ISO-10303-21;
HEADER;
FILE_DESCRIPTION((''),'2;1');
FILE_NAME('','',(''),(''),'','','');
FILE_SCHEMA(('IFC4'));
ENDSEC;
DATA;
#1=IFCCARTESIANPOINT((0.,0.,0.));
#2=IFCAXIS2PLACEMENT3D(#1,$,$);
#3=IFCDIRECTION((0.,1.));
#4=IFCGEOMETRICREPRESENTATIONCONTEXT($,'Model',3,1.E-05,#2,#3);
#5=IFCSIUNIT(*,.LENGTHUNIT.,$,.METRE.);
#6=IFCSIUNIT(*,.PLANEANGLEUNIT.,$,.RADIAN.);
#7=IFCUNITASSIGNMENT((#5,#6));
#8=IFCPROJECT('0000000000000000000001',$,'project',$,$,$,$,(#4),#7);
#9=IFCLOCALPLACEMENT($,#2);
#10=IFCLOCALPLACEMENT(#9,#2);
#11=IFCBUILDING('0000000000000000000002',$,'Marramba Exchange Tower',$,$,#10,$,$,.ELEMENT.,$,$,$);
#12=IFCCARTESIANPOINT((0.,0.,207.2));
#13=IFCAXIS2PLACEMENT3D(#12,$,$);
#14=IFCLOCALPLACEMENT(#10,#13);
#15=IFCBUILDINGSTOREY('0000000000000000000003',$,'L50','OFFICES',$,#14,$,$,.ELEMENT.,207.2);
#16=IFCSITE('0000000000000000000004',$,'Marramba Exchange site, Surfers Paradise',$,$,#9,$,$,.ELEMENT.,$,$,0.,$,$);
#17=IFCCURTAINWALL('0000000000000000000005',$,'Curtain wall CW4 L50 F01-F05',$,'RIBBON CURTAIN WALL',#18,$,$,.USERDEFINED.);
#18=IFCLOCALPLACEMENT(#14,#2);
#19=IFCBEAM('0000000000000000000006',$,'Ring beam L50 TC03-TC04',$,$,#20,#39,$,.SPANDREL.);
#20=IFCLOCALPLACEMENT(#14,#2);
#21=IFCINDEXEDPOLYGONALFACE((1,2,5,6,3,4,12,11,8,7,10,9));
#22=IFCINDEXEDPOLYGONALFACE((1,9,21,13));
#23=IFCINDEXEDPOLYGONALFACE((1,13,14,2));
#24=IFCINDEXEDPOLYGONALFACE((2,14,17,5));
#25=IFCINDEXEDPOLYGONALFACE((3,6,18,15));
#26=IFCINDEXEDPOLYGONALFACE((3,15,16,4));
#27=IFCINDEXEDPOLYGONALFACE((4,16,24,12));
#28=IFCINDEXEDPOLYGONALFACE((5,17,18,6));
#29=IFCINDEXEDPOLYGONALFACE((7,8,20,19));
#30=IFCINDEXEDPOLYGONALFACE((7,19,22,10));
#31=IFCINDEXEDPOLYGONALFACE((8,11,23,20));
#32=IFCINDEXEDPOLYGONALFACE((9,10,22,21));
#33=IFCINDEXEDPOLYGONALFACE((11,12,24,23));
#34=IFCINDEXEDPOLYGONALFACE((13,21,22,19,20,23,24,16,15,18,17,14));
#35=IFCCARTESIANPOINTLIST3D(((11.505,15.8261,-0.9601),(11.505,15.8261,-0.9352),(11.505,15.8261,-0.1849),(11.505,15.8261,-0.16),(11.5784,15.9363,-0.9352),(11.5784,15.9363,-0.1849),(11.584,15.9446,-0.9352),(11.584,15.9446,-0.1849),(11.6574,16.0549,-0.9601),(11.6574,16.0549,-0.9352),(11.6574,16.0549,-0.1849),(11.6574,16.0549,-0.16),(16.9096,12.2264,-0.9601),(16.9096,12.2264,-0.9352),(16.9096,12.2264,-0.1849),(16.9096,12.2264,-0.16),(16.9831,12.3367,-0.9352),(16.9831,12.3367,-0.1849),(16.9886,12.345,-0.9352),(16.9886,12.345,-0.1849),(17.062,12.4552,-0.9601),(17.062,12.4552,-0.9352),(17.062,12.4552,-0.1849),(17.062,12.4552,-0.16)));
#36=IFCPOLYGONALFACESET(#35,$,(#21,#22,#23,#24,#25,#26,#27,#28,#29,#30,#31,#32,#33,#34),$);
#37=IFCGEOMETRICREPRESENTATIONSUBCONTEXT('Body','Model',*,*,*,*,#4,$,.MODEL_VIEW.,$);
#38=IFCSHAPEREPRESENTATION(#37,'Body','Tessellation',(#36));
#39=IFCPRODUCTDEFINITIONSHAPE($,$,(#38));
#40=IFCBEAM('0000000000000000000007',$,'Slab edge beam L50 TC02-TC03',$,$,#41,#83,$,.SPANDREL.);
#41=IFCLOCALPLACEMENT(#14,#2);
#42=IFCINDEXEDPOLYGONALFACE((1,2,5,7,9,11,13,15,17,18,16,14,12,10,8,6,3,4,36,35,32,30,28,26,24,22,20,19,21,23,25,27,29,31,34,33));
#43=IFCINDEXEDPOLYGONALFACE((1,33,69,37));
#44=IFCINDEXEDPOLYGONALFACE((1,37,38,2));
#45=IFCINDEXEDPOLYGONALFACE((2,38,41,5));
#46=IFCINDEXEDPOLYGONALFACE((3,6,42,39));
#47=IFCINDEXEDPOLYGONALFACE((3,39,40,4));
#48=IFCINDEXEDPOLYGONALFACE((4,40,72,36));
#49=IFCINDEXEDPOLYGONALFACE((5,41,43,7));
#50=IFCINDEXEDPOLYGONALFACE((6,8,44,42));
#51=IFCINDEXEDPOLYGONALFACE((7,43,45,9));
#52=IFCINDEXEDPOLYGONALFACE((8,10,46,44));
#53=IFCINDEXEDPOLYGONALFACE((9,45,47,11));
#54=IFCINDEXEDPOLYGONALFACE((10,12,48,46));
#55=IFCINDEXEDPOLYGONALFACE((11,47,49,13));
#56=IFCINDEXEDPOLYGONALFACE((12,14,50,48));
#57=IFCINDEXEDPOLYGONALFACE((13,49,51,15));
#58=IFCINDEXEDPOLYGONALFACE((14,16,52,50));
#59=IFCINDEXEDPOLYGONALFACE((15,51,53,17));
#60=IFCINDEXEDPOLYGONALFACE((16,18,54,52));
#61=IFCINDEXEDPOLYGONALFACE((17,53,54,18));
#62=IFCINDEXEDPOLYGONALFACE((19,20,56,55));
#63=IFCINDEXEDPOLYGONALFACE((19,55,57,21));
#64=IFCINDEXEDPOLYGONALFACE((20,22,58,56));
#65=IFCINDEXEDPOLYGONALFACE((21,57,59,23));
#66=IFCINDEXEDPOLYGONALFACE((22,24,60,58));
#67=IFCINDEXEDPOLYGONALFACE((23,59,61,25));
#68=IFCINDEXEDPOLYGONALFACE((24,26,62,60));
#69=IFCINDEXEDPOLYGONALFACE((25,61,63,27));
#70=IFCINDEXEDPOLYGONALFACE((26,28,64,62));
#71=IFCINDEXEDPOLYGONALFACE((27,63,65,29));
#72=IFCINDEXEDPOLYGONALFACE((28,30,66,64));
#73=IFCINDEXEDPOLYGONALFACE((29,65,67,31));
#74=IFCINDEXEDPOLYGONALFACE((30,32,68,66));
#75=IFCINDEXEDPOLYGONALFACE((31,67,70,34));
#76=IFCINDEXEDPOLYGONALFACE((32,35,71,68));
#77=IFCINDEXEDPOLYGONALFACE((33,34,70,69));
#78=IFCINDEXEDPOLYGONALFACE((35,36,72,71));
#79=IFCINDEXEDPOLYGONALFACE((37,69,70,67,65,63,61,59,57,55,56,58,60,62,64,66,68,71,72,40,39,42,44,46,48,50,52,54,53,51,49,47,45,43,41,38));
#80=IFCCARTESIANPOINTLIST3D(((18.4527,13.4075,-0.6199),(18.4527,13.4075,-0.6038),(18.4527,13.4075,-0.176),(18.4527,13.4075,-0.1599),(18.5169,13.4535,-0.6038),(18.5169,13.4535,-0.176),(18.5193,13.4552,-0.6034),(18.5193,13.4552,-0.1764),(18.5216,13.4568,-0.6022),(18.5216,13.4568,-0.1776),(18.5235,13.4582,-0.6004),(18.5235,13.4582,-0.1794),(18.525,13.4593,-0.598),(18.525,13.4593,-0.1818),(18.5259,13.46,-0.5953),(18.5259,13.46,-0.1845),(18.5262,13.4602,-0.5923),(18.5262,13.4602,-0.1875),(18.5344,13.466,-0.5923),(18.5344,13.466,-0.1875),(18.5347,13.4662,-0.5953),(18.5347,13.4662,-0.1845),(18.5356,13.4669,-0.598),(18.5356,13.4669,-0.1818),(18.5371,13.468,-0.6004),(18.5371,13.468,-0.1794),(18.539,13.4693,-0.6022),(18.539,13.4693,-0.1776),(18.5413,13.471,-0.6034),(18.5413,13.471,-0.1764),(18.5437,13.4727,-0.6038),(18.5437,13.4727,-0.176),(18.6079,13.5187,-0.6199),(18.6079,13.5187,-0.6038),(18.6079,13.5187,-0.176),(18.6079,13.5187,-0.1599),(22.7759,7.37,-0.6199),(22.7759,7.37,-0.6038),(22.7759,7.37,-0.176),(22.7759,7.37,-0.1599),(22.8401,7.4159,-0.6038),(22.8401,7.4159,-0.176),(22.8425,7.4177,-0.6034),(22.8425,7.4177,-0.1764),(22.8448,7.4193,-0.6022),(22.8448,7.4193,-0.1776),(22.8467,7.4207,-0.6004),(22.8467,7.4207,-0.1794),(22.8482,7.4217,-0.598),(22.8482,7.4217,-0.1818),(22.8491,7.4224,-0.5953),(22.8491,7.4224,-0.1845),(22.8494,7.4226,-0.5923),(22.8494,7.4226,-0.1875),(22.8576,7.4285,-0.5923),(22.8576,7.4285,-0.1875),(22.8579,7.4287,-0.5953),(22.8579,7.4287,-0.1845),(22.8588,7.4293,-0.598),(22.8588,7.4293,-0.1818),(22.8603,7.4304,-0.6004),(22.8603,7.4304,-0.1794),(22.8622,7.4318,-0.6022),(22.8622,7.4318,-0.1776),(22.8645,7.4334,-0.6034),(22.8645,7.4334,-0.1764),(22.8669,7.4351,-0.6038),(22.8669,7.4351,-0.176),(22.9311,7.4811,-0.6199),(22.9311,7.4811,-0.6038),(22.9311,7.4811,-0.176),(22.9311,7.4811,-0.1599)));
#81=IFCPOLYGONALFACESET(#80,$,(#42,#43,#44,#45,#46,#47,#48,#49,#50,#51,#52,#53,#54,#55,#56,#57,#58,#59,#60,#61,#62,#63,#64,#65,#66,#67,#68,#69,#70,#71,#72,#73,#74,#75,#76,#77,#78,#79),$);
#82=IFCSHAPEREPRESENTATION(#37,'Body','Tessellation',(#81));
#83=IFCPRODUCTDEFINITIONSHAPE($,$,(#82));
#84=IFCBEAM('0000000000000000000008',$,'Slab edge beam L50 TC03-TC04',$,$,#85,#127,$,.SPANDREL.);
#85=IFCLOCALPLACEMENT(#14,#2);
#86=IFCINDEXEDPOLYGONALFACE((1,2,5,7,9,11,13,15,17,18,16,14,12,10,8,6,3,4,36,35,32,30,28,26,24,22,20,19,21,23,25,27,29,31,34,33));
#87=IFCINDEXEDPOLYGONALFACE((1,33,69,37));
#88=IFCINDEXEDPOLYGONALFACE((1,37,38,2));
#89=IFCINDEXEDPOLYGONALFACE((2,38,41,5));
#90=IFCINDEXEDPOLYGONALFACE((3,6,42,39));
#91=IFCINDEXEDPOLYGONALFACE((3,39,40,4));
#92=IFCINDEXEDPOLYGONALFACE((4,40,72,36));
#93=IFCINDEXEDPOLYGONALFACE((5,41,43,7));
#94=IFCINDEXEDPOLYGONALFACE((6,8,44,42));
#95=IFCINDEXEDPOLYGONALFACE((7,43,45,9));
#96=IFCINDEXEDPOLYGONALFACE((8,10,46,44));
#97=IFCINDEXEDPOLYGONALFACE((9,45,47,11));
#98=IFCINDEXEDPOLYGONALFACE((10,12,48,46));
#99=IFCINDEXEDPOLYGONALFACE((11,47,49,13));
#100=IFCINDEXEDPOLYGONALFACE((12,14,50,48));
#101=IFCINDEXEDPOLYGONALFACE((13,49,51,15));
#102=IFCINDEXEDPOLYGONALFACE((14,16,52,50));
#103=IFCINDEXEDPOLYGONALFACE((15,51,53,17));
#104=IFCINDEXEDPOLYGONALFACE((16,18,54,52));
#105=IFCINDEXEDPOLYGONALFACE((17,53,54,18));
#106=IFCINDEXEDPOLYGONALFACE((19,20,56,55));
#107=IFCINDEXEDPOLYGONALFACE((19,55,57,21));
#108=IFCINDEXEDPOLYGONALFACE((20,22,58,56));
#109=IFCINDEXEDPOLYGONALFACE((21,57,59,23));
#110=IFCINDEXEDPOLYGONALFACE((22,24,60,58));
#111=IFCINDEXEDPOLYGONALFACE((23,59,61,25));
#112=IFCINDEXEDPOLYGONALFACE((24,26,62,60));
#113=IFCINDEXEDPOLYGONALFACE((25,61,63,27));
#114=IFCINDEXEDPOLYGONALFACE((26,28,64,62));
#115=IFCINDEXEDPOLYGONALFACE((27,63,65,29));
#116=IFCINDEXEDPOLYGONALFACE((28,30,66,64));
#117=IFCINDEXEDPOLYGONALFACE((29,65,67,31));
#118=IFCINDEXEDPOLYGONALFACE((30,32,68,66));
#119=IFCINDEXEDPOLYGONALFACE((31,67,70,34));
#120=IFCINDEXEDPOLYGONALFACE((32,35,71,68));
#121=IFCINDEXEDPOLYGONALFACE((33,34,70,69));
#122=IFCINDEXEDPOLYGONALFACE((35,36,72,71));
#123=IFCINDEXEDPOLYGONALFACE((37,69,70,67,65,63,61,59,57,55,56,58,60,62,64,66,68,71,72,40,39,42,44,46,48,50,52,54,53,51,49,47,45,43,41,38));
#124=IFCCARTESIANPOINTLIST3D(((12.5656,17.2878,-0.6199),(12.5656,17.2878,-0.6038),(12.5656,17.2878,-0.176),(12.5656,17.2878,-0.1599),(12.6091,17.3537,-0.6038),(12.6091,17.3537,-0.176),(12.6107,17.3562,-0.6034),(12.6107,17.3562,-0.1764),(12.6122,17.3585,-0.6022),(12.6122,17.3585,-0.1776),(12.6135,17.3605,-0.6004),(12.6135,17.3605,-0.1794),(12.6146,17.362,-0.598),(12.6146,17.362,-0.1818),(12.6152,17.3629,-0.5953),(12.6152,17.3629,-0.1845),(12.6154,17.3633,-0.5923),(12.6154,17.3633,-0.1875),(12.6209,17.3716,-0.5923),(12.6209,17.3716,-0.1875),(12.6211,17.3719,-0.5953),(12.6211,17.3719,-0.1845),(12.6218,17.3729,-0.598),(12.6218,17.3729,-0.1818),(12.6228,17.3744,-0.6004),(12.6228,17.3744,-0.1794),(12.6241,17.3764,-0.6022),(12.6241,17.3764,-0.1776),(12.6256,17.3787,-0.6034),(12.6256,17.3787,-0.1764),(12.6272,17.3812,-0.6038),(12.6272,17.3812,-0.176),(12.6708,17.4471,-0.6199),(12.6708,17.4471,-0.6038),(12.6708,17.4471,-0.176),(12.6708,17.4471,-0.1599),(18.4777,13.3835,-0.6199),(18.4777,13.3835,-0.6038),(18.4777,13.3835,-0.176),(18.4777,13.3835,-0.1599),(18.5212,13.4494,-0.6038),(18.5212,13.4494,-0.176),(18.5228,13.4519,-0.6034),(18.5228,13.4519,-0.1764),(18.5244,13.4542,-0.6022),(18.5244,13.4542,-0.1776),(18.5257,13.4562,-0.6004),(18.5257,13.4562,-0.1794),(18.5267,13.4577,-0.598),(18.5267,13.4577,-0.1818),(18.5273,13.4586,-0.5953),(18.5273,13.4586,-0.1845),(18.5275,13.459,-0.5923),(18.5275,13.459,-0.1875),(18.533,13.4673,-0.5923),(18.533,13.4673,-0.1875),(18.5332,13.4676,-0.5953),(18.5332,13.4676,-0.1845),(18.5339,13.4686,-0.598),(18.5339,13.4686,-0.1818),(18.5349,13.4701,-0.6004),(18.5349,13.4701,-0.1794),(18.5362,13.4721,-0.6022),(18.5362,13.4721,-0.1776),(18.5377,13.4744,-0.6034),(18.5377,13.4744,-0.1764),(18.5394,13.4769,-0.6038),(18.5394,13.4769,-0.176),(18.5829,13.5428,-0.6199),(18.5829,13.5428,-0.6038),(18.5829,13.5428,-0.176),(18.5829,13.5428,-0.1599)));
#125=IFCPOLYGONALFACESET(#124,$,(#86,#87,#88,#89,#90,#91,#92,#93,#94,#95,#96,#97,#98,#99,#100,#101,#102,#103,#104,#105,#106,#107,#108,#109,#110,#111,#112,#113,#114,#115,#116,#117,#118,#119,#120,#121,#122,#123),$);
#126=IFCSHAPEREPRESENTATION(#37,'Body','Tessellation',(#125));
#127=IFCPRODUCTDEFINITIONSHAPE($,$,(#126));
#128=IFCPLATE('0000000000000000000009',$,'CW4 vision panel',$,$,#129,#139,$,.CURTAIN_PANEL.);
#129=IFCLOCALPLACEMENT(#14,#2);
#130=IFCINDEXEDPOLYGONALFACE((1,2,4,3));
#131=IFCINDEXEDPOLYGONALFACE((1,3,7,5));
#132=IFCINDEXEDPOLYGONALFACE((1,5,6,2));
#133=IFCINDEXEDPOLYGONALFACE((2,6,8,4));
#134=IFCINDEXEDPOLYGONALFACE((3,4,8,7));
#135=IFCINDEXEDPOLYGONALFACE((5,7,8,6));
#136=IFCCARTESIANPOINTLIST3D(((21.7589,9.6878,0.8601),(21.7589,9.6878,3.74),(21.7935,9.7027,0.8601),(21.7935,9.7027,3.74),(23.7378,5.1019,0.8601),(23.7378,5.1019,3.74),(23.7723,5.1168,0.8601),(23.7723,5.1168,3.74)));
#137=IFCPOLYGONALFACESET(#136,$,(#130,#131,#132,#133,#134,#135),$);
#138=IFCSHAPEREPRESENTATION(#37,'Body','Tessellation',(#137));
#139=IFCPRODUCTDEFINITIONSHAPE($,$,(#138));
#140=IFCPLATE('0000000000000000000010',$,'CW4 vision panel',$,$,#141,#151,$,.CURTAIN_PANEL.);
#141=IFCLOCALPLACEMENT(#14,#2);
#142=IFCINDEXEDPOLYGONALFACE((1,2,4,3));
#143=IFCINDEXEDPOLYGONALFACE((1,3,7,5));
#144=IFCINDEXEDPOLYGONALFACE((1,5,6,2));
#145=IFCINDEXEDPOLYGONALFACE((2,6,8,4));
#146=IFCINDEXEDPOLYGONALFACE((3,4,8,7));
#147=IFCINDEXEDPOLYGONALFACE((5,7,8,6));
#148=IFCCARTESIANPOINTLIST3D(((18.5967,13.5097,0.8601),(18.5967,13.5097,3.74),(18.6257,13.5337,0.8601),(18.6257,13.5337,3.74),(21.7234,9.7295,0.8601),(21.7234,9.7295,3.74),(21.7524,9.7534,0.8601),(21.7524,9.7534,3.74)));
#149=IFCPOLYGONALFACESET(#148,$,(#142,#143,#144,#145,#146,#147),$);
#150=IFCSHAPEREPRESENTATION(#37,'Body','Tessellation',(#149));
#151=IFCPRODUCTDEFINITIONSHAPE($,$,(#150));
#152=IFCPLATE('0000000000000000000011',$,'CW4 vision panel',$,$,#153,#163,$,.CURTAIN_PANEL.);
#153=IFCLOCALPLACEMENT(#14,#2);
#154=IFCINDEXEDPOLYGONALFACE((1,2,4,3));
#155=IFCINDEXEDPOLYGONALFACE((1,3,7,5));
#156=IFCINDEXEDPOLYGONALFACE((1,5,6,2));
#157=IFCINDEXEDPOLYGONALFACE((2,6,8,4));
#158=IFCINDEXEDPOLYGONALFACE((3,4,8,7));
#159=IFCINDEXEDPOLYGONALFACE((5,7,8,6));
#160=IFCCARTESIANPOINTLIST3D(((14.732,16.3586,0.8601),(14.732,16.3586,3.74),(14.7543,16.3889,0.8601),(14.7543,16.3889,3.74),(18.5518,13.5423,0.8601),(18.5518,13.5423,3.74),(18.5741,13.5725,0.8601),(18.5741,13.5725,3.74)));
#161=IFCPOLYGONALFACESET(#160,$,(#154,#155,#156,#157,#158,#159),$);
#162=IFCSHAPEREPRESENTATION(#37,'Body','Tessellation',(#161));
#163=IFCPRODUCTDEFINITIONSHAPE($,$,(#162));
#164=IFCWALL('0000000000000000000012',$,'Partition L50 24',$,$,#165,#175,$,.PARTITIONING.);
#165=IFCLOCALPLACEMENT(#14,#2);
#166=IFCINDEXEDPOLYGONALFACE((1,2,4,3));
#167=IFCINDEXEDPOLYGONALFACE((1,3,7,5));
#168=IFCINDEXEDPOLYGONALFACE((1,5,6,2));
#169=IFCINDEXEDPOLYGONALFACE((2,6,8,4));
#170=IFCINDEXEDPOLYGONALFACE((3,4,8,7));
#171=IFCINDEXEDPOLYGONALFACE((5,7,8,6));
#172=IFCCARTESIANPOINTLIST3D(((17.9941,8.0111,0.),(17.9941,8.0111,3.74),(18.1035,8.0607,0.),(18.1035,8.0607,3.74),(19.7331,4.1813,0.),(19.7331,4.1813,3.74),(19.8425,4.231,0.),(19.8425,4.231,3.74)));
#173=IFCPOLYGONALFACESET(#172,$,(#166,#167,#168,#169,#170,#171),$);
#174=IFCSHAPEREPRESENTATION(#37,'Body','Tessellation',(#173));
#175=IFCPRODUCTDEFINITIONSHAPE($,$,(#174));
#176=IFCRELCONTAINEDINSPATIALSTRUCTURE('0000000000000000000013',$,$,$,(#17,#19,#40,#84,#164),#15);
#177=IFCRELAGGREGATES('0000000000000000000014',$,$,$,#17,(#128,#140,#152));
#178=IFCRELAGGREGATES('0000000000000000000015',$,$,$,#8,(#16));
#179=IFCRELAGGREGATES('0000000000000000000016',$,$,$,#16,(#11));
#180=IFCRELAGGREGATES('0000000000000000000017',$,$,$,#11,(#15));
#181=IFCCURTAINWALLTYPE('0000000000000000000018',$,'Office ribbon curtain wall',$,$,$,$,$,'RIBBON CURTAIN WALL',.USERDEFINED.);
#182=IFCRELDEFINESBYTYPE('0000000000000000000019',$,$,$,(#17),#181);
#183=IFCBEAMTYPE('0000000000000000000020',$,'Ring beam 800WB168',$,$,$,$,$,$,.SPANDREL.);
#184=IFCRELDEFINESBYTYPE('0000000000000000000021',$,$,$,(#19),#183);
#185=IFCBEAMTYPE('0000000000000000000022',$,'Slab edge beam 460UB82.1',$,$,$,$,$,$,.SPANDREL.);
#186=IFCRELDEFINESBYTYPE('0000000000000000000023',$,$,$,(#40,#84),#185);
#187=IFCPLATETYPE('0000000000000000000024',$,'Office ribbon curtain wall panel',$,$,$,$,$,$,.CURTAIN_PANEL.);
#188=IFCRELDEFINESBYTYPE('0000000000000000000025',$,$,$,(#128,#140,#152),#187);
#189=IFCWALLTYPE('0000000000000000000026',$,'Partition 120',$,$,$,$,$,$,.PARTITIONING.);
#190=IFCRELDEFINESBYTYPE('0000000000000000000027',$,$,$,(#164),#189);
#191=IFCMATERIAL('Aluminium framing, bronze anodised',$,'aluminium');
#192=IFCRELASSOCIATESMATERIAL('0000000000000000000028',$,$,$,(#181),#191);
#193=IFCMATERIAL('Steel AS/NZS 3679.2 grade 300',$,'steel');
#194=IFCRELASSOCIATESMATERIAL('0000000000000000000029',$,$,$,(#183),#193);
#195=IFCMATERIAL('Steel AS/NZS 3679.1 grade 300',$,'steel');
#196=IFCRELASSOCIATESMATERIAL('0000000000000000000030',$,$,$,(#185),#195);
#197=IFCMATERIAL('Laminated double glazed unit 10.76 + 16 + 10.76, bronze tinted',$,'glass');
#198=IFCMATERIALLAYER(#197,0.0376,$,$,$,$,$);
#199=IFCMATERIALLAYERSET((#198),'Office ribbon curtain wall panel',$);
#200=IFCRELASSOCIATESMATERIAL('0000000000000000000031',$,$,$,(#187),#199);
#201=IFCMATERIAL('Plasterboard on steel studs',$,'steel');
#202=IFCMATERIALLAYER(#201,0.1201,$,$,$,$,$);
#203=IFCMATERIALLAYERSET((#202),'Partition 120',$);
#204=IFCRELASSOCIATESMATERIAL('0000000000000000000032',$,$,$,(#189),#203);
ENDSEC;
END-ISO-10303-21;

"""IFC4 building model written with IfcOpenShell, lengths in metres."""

from ifc_helpers import new_model, si_unit, direction, frame, frame_2d, origin, origin_2d, place, context, subcontext, project, spatial, rectangle, i_section, extrude, material, layer, layer_set, material_profile, profile_set, type_object, element, aggregate, save


model = new_model("IFC4")

# Units and contexts
model_context = context("Model", 3, precision=1e-05, world=origin(), true_north=direction((0.0, 1.0)))
body_context = subcontext(model_context, "Body", "Model", "MODEL_VIEW")
ifc_project = project(units=[si_unit("LENGTHUNIT", "METRE"), si_unit("PLANEANGLEUNIT", "RADIAN")], contexts=[model_context])

# Site, building, storey
site_placement = place(None, origin())
site = spatial("IfcSite", under=ifc_project, at=site_placement, Name="Marramba Exchange site, Surfers Paradise", CompositionType="ELEMENT", RefElevation=0.0)
building_placement = place(site_placement, origin())
building = spatial("IfcBuilding", under=site, at=building_placement, Name="Marramba Exchange Tower", CompositionType="ELEMENT")
storey_placement = place(building_placement, frame((0.0, 0.0, 207.2)))
storey = spatial("IfcBuildingStorey", under=building, at=storey_placement, Name="L50", Description="OFFICES", CompositionType="ELEMENT", Elevation=207.2)

# Shared definitions
ifc_material_1 = material(Name="Steel AS/NZS 3679.2 grade 300", Category="steel")
ifc_material_2 = material(Name="Steel AS/NZS 3679.1 grade 300", Category="steel")

# Curtain wall
ifc_material_3 = material(Name="Aluminium framing, bronze anodised", Category="aluminium")
curtain_wall_type = type_object("IfcCurtainWallType", Name="Office ribbon curtain wall", ElementType="RIBBON CURTAIN WALL", PredefinedType="USERDEFINED", material=ifc_material_3)
curtain_wall_placement = place(storey_placement, origin())
curtain_wall = element("IfcCurtainWall", 1, at=curtain_wall_placement, inside=storey, type_object=curtain_wall_type, Name="Curtain wall CW4 L50 F01-F05", ObjectType="RIBBON CURTAIN WALL", PredefinedType="USERDEFINED")

# Beams
ifc_material_profile_1 = material_profile(ifc_material_1, i_section(OverallWidth=0.2749, OverallDepth=0.8, WebThickness=0.01, FlangeThickness=0.0249, at=origin_2d()), Name="800WB168")
ifc_profile_set_1 = profile_set([ifc_material_profile_1], Name="Steel AS/NZS 3679.2 grade 300")
beam_type_1 = type_object("IfcBeamType", Name="Ring beam 800WB168", PredefinedType="SPANDREL", material=ifc_profile_set_1)
beam_1_placement = place(storey_placement, frame((16.9858, 12.3408, -0.5601), z_axis=(-0.832293, 0.554336, 0.0), x_axis=(-0.554336, -0.832293, 0.0)))
element("IfcBeam", 2, at=beam_1_placement, inside=storey, type_object=beam_type_1, Name="Ring beam L50 TC03-TC04", PredefinedType="SPANDREL", context=body_context, shape_type="SweptSolid", body=[
    extrude(i_section(OverallWidth=0.2749, OverallDepth=0.8, WebThickness=0.01, FlangeThickness=0.0249, at=origin_2d()), origin(), (0.0, 0.0, 1.0), 6.4937),
])
ifc_material_profile_2 = material_profile(ifc_material_2, i_section(OverallWidth=0.1909, OverallDepth=0.46, WebThickness=0.01, FlangeThickness=0.0161, FilletRadius=0.0115, at=origin_2d()), Name="460UB82.1")
ifc_profile_set_2 = profile_set([ifc_material_profile_2], Name="Steel AS/NZS 3679.1 grade 300")
beam_type_2 = type_object("IfcBeamType", Name="Slab edge beam 460UB82.1", PredefinedType="SPANDREL", material=ifc_profile_set_2)
beam_2_placement = place(storey_placement, frame((22.8535, 7.4255, -0.3899), z_axis=(-0.582189, 0.813053, 0.0), x_axis=(-0.813053, -0.582189, 0.0)))
element("IfcBeam", 3, at=beam_2_placement, inside=storey, type_object=beam_type_2, Name="Slab edge beam L50 TC02-TC03", PredefinedType="SPANDREL", context=body_context, shape_type="SweptSolid", body=[
    extrude(i_section(OverallWidth=0.1909, OverallDepth=0.46, WebThickness=0.01, FlangeThickness=0.0161, FilletRadius=0.0115, at=origin_2d()), origin(), (0.0, 0.0, 1.0), 7.4258),
])
beam_3_placement = place(storey_placement, frame((18.5303, 13.4631, -0.3899), z_axis=(-0.83446, 0.551069, 0.0), x_axis=(-0.551069, -0.83446, 0.0)))
element("IfcBeam", 4, at=beam_3_placement, inside=storey, type_object=beam_type_2, Name="Slab edge beam L50 TC03-TC04", PredefinedType="SPANDREL", context=body_context, shape_type="SweptSolid", body=[
    extrude(i_section(OverallWidth=0.1909, OverallDepth=0.46, WebThickness=0.01, FlangeThickness=0.0161, FilletRadius=0.0115, at=origin_2d()), origin(), (0.0, 0.0, 1.0), 7.085),
])

# Plates
ifc_material_4 = material(Name="Laminated double glazed unit 10.76 + 16 + 10.76, bronze tinted", Category="glass")
ifc_layer_1 = layer(ifc_material_4, 0.0376)
ifc_layer_set_1 = layer_set([ifc_layer_1], Name="Office ribbon curtain wall panel")
plate_type = type_object("IfcPlateType", Name="Office ribbon curtain wall panel", PredefinedType="CURTAIN_PANEL", material=ifc_layer_set_1)
plate_1_placement = place(storey_placement, frame((22.7656, 7.4023, 0.8601), z_axis=(0.0, 0.0, 1.0), x_axis=(-0.396193, 0.918167, 0.0)))
plate_1 = element("IfcPlate", 5, at=plate_1_placement, type_object=plate_type, Name="CW4 vision panel", PredefinedType="CURTAIN_PANEL", context=body_context, shape_type="SweptSolid", body=[
    extrude(rectangle(XDim=4.9946, YDim=0.0376, at=origin_2d()), origin(), (0.0, 0.0, 1.0), 2.8799),
])
plate_2_placement = place(storey_placement, frame((20.1746, 11.6316, 0.8601), z_axis=(0.0, 0.0, 1.0), x_axis=(-0.63735, 0.770574, 0.0)))
plate_2 = element("IfcPlate", 6, at=plate_2_placement, type_object=plate_type, Name="CW4 vision panel", PredefinedType="CURTAIN_PANEL", context=body_context, shape_type="SweptSolid", body=[
    extrude(rectangle(XDim=4.9058, YDim=0.0376, at=origin_2d()), origin(), (0.0, 0.0, 1.0), 2.8799),
])
plate_3_placement = place(storey_placement, frame((16.6531, 14.9656, 0.8601), z_axis=(0.0, 0.0, 1.0), x_axis=(-0.804877, 0.593441, 0.0)))
plate_3 = element("IfcPlate", 7, at=plate_3_placement, type_object=plate_type, Name="CW4 vision panel", PredefinedType="CURTAIN_PANEL", context=body_context, shape_type="SweptSolid", body=[
    extrude(rectangle(XDim=4.7458, YDim=0.0376, at=origin_2d()), origin(), (0.0, 0.0, 1.0), 2.8799),
])
aggregate(curtain_wall, [plate_1, plate_2, plate_3])

# Wall
ifc_material_5 = material(Name="Plasterboard on steel studs", Category="steel")
ifc_layer_2 = layer(ifc_material_5, 0.1201)
ifc_layer_set_2 = layer_set([ifc_layer_2], Name="Partition 120")
wall_type_1 = type_object("IfcWallType", Name="Partition 120", PredefinedType="PARTITIONING", material=ifc_layer_set_2)
wall_1_placement = place(storey_placement, frame((18.0488, 8.0359, 0.0), z_axis=(0.0, 0.0, 1.0), x_axis=(0.413444, -0.910529, 0.0)))
element("IfcWall", 8, at=wall_1_placement, inside=storey, type_object=wall_type_1, Name="Partition L50 24", PredefinedType="PARTITIONING", context=body_context, shape_type="SweptSolid", body=[
    extrude(rectangle(XDim=4.2061, YDim=0.1201, at=frame_2d((2.103, 0.0))), origin(), (0.0, 0.0, 1.0), 3.74),
])

save(model, "model.ifc")
